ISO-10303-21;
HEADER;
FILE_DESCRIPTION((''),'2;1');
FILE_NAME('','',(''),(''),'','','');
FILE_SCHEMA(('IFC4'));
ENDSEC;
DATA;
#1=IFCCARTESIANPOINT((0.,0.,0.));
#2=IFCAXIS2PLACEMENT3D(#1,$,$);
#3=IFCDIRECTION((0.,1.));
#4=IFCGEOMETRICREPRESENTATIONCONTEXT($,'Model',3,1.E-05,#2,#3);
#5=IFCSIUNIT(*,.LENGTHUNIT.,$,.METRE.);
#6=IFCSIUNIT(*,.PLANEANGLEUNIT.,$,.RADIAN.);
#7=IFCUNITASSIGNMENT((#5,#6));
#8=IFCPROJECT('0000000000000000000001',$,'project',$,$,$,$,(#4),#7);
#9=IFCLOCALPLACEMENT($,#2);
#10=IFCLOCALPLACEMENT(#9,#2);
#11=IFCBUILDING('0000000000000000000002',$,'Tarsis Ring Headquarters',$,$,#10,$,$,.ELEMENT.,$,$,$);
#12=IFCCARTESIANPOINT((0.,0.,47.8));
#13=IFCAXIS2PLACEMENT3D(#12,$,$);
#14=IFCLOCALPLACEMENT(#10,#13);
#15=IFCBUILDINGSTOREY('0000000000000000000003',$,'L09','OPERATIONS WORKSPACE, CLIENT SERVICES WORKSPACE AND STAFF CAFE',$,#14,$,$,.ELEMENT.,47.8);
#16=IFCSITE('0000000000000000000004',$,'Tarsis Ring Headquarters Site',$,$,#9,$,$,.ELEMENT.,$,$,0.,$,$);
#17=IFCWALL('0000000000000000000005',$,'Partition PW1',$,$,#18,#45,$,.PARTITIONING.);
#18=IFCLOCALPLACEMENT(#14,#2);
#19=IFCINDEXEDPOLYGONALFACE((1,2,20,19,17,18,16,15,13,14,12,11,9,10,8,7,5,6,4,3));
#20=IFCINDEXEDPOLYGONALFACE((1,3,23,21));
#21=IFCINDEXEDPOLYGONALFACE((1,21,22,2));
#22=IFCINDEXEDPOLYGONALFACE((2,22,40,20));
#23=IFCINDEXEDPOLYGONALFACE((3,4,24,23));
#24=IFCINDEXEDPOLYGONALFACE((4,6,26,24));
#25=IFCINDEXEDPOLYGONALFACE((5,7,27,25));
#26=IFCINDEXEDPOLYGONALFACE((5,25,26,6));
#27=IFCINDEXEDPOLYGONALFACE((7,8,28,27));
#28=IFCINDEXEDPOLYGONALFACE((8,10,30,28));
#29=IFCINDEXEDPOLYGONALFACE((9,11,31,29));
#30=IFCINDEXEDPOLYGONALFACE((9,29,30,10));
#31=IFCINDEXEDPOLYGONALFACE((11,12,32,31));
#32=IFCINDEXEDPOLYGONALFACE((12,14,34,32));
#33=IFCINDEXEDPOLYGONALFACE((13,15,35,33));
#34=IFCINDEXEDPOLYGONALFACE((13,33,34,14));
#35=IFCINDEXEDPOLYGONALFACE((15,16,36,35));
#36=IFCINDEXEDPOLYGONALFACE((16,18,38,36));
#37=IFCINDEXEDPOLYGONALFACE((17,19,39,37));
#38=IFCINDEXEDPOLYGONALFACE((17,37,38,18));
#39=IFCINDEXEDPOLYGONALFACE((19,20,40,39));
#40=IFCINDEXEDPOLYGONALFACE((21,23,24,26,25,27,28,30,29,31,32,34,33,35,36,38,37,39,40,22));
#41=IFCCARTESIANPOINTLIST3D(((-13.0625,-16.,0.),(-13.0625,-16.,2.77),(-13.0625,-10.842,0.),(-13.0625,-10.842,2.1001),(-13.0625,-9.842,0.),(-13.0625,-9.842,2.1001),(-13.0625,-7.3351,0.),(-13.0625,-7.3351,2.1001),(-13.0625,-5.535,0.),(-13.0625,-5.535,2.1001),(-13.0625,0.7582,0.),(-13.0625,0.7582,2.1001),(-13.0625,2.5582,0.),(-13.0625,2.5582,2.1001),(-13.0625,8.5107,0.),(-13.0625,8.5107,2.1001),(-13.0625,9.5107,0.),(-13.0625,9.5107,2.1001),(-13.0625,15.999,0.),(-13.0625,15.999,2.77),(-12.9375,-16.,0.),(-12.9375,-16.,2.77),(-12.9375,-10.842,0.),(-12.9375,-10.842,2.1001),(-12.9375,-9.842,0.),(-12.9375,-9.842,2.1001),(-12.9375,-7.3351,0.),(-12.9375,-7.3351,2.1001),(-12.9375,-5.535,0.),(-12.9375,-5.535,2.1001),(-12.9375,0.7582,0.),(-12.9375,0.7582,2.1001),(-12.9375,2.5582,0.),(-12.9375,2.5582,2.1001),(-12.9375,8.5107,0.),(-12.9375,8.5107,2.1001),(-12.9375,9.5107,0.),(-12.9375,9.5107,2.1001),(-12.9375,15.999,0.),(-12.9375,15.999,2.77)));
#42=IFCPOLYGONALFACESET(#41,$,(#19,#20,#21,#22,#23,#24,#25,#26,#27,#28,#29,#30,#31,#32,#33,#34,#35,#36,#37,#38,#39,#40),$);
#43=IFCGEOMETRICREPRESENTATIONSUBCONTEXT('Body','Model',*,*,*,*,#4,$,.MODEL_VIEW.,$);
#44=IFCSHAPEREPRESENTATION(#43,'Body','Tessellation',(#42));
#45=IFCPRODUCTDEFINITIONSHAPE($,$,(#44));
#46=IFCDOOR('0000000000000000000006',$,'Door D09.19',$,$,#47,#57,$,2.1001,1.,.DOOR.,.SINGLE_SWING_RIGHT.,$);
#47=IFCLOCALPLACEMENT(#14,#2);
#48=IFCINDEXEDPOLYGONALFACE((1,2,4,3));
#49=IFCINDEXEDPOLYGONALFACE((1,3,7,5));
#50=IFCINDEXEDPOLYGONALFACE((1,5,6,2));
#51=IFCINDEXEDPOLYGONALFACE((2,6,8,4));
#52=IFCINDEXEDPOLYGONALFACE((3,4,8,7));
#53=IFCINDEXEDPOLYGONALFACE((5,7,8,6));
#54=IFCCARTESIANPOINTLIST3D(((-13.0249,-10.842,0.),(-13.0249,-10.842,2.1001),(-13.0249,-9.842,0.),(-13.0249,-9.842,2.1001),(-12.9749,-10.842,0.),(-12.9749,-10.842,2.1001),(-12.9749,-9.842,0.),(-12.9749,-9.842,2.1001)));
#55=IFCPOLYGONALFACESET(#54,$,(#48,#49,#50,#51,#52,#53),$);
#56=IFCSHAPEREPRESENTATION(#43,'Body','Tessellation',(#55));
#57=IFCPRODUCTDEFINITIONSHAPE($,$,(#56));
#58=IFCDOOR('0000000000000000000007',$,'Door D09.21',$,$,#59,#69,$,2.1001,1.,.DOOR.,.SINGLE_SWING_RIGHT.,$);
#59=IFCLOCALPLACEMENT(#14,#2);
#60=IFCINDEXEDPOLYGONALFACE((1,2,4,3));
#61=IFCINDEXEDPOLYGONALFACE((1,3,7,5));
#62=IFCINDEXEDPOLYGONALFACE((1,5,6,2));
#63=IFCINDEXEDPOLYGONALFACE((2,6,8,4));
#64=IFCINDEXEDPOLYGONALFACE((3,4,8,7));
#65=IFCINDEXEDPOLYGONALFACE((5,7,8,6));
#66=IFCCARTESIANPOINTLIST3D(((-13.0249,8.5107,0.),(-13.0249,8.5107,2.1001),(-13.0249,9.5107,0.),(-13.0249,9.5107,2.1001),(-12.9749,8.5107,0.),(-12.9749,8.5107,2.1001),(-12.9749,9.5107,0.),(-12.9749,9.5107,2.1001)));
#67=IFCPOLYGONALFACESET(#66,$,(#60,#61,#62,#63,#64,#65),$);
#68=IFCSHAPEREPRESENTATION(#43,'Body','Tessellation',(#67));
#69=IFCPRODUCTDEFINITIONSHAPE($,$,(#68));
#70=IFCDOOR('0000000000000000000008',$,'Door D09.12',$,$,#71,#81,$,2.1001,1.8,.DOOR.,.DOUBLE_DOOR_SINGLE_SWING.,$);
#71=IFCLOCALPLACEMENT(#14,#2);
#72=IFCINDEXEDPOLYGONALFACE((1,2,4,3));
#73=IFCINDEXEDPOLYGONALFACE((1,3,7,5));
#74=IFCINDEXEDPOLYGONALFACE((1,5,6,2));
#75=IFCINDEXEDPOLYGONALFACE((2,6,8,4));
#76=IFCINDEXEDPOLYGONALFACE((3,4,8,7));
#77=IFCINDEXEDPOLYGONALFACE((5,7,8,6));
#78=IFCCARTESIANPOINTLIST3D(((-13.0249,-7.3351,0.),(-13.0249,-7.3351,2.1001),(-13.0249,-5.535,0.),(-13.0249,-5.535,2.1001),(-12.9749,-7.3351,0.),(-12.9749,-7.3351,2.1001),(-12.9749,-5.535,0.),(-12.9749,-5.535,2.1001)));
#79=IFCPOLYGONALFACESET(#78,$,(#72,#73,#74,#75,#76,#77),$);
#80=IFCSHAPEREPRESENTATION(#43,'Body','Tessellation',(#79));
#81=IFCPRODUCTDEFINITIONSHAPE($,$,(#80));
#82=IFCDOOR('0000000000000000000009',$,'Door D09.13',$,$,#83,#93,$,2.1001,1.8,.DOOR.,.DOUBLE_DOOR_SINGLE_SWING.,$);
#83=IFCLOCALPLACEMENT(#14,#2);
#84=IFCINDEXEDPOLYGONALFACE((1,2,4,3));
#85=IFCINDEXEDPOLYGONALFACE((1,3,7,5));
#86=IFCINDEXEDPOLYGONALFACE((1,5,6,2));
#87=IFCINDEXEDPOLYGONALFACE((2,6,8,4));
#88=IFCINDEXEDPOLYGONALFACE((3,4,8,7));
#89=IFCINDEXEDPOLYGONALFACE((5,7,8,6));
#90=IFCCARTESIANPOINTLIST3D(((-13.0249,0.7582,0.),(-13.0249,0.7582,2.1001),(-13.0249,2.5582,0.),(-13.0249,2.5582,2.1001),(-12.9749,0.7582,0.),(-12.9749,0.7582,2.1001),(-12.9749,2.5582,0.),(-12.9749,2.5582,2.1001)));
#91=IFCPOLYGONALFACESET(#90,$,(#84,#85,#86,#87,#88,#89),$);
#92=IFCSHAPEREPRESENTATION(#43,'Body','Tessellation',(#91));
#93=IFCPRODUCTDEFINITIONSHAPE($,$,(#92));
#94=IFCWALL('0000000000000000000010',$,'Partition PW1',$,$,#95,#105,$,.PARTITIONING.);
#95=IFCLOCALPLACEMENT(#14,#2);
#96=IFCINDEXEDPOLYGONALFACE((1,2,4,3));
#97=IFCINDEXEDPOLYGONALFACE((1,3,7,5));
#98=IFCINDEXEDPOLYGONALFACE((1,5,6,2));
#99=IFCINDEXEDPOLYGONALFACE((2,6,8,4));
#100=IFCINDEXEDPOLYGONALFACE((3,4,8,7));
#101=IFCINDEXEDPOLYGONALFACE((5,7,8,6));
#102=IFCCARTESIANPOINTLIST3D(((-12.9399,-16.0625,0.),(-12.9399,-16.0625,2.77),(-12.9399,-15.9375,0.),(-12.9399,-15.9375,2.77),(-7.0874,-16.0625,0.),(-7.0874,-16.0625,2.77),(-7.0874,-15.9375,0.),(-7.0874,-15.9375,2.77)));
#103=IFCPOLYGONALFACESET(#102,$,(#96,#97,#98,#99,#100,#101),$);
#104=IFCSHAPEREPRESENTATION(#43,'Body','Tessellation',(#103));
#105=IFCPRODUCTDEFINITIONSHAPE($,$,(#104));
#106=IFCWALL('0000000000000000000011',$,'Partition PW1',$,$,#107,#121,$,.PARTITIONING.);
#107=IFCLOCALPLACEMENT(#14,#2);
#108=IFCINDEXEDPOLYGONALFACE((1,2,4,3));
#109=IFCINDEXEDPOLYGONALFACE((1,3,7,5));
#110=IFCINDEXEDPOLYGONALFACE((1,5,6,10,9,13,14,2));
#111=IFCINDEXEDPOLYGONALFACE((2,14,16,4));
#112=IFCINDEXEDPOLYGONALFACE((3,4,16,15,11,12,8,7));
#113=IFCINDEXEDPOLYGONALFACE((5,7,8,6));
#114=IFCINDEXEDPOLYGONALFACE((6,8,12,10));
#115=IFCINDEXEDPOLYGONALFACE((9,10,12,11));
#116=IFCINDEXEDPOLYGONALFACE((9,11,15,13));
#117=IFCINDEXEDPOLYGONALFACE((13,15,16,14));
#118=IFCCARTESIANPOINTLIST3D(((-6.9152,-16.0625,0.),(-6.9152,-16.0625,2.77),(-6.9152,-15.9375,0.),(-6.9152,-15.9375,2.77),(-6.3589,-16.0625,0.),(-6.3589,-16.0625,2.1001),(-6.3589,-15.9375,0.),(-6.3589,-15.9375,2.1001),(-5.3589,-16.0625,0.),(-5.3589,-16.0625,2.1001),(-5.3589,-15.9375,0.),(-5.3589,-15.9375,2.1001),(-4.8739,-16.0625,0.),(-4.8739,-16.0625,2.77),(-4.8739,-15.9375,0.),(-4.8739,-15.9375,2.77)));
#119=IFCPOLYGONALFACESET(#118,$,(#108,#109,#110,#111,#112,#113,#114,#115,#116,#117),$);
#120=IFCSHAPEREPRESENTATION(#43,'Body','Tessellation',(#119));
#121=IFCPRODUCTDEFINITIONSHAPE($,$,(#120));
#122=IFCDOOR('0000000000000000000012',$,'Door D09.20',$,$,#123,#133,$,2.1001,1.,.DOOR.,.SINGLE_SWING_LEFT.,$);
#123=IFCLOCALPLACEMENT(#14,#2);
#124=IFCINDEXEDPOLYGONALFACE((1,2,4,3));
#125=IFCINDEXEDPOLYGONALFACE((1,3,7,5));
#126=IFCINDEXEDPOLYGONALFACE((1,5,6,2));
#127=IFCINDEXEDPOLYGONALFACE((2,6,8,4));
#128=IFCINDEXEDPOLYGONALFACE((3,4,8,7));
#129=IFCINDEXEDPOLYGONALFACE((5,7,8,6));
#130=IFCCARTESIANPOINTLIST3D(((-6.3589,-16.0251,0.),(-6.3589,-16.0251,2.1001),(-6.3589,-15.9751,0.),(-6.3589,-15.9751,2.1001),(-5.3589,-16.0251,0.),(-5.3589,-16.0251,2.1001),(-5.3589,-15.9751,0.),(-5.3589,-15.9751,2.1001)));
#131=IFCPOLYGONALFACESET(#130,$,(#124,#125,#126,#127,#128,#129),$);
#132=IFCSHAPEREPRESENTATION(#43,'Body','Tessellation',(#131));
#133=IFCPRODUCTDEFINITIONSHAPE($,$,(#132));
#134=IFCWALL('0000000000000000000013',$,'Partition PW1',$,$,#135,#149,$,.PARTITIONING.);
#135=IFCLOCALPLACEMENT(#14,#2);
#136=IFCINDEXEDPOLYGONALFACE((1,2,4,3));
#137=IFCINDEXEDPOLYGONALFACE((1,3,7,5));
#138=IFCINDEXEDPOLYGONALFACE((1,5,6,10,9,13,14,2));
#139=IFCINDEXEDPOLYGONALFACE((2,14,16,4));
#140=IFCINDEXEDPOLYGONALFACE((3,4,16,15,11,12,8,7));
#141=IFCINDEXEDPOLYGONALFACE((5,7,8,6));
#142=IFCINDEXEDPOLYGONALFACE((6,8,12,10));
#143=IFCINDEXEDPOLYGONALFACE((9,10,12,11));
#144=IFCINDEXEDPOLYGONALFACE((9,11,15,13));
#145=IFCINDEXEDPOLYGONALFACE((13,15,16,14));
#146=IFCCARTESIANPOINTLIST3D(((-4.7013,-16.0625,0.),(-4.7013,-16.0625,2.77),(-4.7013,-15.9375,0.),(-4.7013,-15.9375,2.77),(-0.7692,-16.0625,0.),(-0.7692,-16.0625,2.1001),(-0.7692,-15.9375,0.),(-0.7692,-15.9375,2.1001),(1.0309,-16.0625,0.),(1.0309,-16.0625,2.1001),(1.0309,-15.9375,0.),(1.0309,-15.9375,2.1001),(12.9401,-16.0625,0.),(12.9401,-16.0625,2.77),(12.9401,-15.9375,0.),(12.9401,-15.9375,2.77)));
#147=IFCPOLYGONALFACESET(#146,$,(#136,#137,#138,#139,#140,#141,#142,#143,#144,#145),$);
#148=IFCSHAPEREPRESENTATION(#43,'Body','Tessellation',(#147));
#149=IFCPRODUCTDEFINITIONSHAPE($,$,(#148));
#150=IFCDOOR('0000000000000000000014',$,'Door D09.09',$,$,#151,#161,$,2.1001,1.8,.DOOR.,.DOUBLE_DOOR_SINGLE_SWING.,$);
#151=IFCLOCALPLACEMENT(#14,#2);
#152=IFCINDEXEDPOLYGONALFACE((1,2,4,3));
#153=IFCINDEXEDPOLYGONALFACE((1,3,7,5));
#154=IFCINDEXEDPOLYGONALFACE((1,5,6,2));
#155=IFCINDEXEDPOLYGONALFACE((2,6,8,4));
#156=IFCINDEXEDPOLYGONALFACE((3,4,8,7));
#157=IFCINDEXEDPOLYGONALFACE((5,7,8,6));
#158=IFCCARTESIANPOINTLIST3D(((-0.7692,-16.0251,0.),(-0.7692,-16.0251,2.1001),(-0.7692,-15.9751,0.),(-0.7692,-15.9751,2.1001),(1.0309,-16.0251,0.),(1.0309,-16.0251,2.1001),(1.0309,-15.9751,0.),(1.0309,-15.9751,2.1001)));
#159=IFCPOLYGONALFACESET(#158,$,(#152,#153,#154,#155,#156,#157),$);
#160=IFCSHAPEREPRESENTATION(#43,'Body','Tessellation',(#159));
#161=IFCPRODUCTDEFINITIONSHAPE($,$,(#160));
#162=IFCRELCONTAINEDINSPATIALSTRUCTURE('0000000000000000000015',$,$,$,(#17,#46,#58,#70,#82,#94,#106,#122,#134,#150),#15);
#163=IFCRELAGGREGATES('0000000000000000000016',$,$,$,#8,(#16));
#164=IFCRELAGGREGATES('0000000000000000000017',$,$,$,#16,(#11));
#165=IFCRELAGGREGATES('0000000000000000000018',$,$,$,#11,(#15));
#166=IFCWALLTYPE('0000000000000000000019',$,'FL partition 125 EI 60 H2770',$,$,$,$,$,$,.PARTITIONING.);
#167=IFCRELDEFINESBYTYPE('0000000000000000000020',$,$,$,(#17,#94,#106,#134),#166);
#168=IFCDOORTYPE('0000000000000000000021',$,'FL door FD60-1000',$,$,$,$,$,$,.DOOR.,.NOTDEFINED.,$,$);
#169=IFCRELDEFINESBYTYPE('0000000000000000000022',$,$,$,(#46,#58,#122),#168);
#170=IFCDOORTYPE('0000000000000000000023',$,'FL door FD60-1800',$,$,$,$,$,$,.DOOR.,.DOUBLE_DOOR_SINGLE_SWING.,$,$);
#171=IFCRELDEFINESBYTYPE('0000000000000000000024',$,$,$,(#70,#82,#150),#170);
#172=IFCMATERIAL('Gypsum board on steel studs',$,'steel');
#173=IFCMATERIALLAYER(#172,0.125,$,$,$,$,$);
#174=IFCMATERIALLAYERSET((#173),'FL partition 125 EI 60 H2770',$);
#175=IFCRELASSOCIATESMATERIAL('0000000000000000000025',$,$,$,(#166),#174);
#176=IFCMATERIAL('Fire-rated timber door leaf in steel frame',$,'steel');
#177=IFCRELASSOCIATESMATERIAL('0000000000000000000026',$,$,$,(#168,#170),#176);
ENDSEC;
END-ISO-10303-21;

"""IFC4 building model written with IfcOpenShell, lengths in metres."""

from ifc_helpers import new_model, si_unit, direction, frame, frame_2d, origin, place, context, subcontext, project, spatial, rectangle, extrude, material, layer, layer_set, type_object, element, fill, save


model = new_model("IFC4")

# Units and contexts
model_context = context("Model", 3, precision=1e-05, world=origin(), true_north=direction((0.0, 1.0)))
body_context = subcontext(model_context, "Body", "Model", "MODEL_VIEW")
ifc_project = project(units=[si_unit("LENGTHUNIT", "METRE"), si_unit("PLANEANGLEUNIT", "RADIAN")], contexts=[model_context])

# Site, building, storey
site_placement = place(None, origin())
site = spatial("IfcSite", under=ifc_project, at=site_placement, Name="Tarsis Ring Headquarters Site", CompositionType="ELEMENT", RefElevation=0.0)
building_placement = place(site_placement, origin())
building = spatial("IfcBuilding", under=site, at=building_placement, Name="Tarsis Ring Headquarters", CompositionType="ELEMENT")
storey_placement = place(building_placement, frame((0.0, 0.0, 47.8)))
storey = spatial("IfcBuildingStorey", under=building, at=storey_placement, Name="L09", Description="OPERATIONS WORKSPACE, CLIENT SERVICES WORKSPACE AND STAFF CAFE", CompositionType="ELEMENT", Elevation=47.8)

# Shared definitions
ifc_material_1 = material(Name="Gypsum board on steel studs", Category="steel")

# Wall, openings, doors
ifc_layer_1 = layer(ifc_material_1, 0.125)
ifc_layer_set_1 = layer_set([ifc_layer_1], Name="FL partition 125 EI 60 H2770")
wall_type_1 = type_object("IfcWallType", Name="FL partition 125 EI 60 H2770", PredefinedType="PARTITIONING", material=ifc_layer_set_1)
wall_1_placement = place(storey_placement, frame((-13.0, -16.0, 0.0), z_axis=(0.0, 0.0, 1.0), x_axis=(0.0, 1.0, 0.0)))
wall_1 = element("IfcWall", 1, at=wall_1_placement, inside=storey, type_object=wall_type_1, Name="Partition PW1", PredefinedType="PARTITIONING", context=body_context, shape_type="SweptSolid", body=[
    extrude(rectangle(XDim=31.999, YDim=0.125, at=frame_2d((15.9995, 0.0))), origin(), (0.0, 0.0, 1.0), 2.77),
])
opening_1_placement = place(wall_1_placement, frame((8.665, 0.0, 0.0)))
opening_1 = element("IfcOpeningElement", 2, at=opening_1_placement, cuts=wall_1, PredefinedType="OPENING", context=body_context, shape_type="SweptSolid", body=[
    extrude(rectangle(XDim=1.8, YDim=2.1001, at=frame_2d((0.8999, 1.05))), frame((0.0, 0.0725, 0.0), z_axis=(0.0, -1.0, 0.0), x_axis=(1.0, 0.0, 0.0)), (0.0, 0.0, 1.0), 0.145),
])
opening_2_placement = place(wall_1_placement, frame((16.7583, 0.0, 0.0)))
opening_2 = element("IfcOpeningElement", 3, at=opening_2_placement, cuts=wall_1, PredefinedType="OPENING", context=body_context, shape_type="SweptSolid", body=[
    extrude(rectangle(XDim=1.8, YDim=2.1001, at=frame_2d((0.8999, 1.05))), frame((0.0, 0.0725, 0.0), z_axis=(0.0, -1.0, 0.0), x_axis=(1.0, 0.0, 0.0)), (0.0, 0.0, 1.0), 0.145),
])
opening_3_placement = place(wall_1_placement, frame((5.158, 0.0, 0.0)))
opening_3 = element("IfcOpeningElement", 4, at=opening_3_placement, cuts=wall_1, PredefinedType="OPENING", context=body_context, shape_type="SweptSolid", body=[
    extrude(rectangle(XDim=1.0, YDim=2.1001, at=frame_2d((0.5, 1.05))), frame((0.0, 0.0725, 0.0), z_axis=(0.0, -1.0, 0.0), x_axis=(1.0, 0.0, 0.0)), (0.0, 0.0, 1.0), 0.145),
])
opening_4_placement = place(wall_1_placement, frame((24.5107, 0.0, 0.0)))
opening_4 = element("IfcOpeningElement", 5, at=opening_4_placement, cuts=wall_1, PredefinedType="OPENING", context=body_context, shape_type="SweptSolid", body=[
    extrude(rectangle(XDim=1.0, YDim=2.1001, at=frame_2d((0.5, 1.05))), frame((0.0, 0.0725, 0.0), z_axis=(0.0, -1.0, 0.0), x_axis=(1.0, 0.0, 0.0)), (0.0, 0.0, 1.0), 0.145),
])
ifc_material_2 = material(Name="Fire-rated timber door leaf in steel frame", Category="steel")
door_type_1 = type_object("IfcDoorType", Name="FL door FD60-1000", OperationType="NOTDEFINED", PredefinedType="DOOR", material=ifc_material_2)
door_1_placement = place(opening_3_placement, origin())
door_1 = element("IfcDoor", 6, at=door_1_placement, inside=storey, type_object=door_type_1, Name="Door D09.19", OperationType="SINGLE_SWING_RIGHT", OverallHeight=2.1001, OverallWidth=1.0, PredefinedType="DOOR", context=body_context, shape_type="SweptSolid", body=[
    extrude(rectangle(XDim=1.0, YDim=2.1001, at=frame_2d((0.5, 1.05))), frame((0.0, 0.0249, 0.0), z_axis=(0.0, -1.0, 0.0), x_axis=(1.0, 0.0, 0.0)), (0.0, 0.0, 1.0), 0.05),
])
fill(opening_3, door_1)
door_2_placement = place(opening_4_placement, origin())
door_2 = element("IfcDoor", 7, at=door_2_placement, inside=storey, type_object=door_type_1, Name="Door D09.21", OperationType="SINGLE_SWING_RIGHT", OverallHeight=2.1001, OverallWidth=1.0, PredefinedType="DOOR", context=body_context, shape_type="SweptSolid", body=[
    extrude(rectangle(XDim=1.0, YDim=2.1001, at=frame_2d((0.5, 1.05))), frame((0.0, 0.0249, 0.0), z_axis=(0.0, -1.0, 0.0), x_axis=(1.0, 0.0, 0.0)), (0.0, 0.0, 1.0), 0.05),
])
fill(opening_4, door_2)
door_type_2 = type_object("IfcDoorType", Name="FL door FD60-1800", OperationType="DOUBLE_DOOR_SINGLE_SWING", PredefinedType="DOOR", material=ifc_material_2)
door_3_placement = place(opening_1_placement, origin())
door_3 = element("IfcDoor", 8, at=door_3_placement, inside=storey, type_object=door_type_2, Name="Door D09.12", OperationType="DOUBLE_DOOR_SINGLE_SWING", OverallHeight=2.1001, OverallWidth=1.8, PredefinedType="DOOR", context=body_context, shape_type="SweptSolid", body=[
    extrude(rectangle(XDim=1.8, YDim=2.1001, at=frame_2d((0.8999, 1.05))), frame((0.0, 0.0249, 0.0), z_axis=(0.0, -1.0, 0.0), x_axis=(1.0, 0.0, 0.0)), (0.0, 0.0, 1.0), 0.05),
])
fill(opening_1, door_3)
door_4_placement = place(opening_2_placement, origin())
door_4 = element("IfcDoor", 9, at=door_4_placement, inside=storey, type_object=door_type_2, Name="Door D09.13", OperationType="DOUBLE_DOOR_SINGLE_SWING", OverallHeight=2.1001, OverallWidth=1.8, PredefinedType="DOOR", context=body_context, shape_type="SweptSolid", body=[
    extrude(rectangle(XDim=1.8, YDim=2.1001, at=frame_2d((0.8999, 1.05))), frame((0.0, 0.0249, 0.0), z_axis=(0.0, -1.0, 0.0), x_axis=(1.0, 0.0, 0.0)), (0.0, 0.0, 1.0), 0.05),
])
fill(opening_2, door_4)

# Wall
wall_2_placement = place(storey_placement, frame((-12.9399, -16.0, 0.0), z_axis=(0.0, 0.0, 1.0), x_axis=(1.0, 0.0, 0.0)))
element("IfcWall", 10, at=wall_2_placement, inside=storey, type_object=wall_type_1, Name="Partition PW1", PredefinedType="PARTITIONING", context=body_context, shape_type="SweptSolid", body=[
    extrude(rectangle(XDim=5.8525, YDim=0.125, at=frame_2d((2.9263, 0.0))), origin(), (0.0, 0.0, 1.0), 2.77),
])

# Walls, openings, doors
wall_3_placement = place(storey_placement, frame((-6.915, -16.0, 0.0), z_axis=(0.0, 0.0, 1.0), x_axis=(1.0, 0.0, 0.0)))
wall_3 = element("IfcWall", 11, at=wall_3_placement, inside=storey, type_object=wall_type_1, Name="Partition PW1", PredefinedType="PARTITIONING", context=body_context, shape_type="SweptSolid", body=[
    extrude(rectangle(XDim=2.0413, YDim=0.125, at=frame_2d((1.0205, 0.0))), origin(), (0.0, 0.0, 1.0), 2.77),
])
opening_5_placement = place(wall_3_placement, frame((0.5562, 0.0, 0.0)))
opening_5 = element("IfcOpeningElement", 12, at=opening_5_placement, cuts=wall_3, PredefinedType="OPENING", context=body_context, shape_type="SweptSolid", body=[
    extrude(rectangle(XDim=1.0, YDim=2.1001, at=frame_2d((0.5, 1.05))), frame((0.0, 0.0725, 0.0), z_axis=(0.0, -1.0, 0.0), x_axis=(1.0, 0.0, 0.0)), (0.0, 0.0, 1.0), 0.145),
])
door_5_placement = place(opening_5_placement, origin())
door_5 = element("IfcDoor", 13, at=door_5_placement, inside=storey, type_object=door_type_1, Name="Door D09.20", OperationType="SINGLE_SWING_LEFT", OverallHeight=2.1001, OverallWidth=1.0, PredefinedType="DOOR", context=body_context, shape_type="SweptSolid", body=[
    extrude(rectangle(XDim=1.0, YDim=2.1001, at=frame_2d((0.5, 1.05))), frame((0.0, 0.0249, 0.0), z_axis=(0.0, -1.0, 0.0), x_axis=(1.0, 0.0, 0.0)), (0.0, 0.0, 1.0), 0.05),
])
fill(opening_5, door_5)
wall_4_placement = place(storey_placement, frame((-4.7014, -16.0, 0.0), z_axis=(0.0, 0.0, 1.0), x_axis=(1.0, 0.0, 0.0)))
wall_4 = element("IfcWall", 14, at=wall_4_placement, inside=storey, type_object=wall_type_1, Name="Partition PW1", PredefinedType="PARTITIONING", context=body_context, shape_type="SweptSolid", body=[
    extrude(rectangle(XDim=17.6414, YDim=0.125, at=frame_2d((8.8208, 0.0))), origin(), (0.0, 0.0, 1.0), 2.77),
])
opening_6_placement = place(wall_4_placement, frame((3.9324, 0.0, 0.0)))
opening_6 = element("IfcOpeningElement", 15, at=opening_6_placement, cuts=wall_4, PredefinedType="OPENING", context=body_context, shape_type="SweptSolid", body=[
    extrude(rectangle(XDim=1.8, YDim=2.1001, at=frame_2d((0.8999, 1.05))), frame((0.0, 0.0725, 0.0), z_axis=(0.0, -1.0, 0.0), x_axis=(1.0, 0.0, 0.0)), (0.0, 0.0, 1.0), 0.145),
])
door_6_placement = place(opening_6_placement, origin())
door_6 = element("IfcDoor", 16, at=door_6_placement, inside=storey, type_object=door_type_2, Name="Door D09.09", OperationType="DOUBLE_DOOR_SINGLE_SWING", OverallHeight=2.1001, OverallWidth=1.8, PredefinedType="DOOR", context=body_context, shape_type="SweptSolid", body=[
    extrude(rectangle(XDim=1.8, YDim=2.1001, at=frame_2d((0.8999, 1.05))), frame((0.0, 0.0249, 0.0), z_axis=(0.0, -1.0, 0.0), x_axis=(1.0, 0.0, 0.0)), (0.0, 0.0, 1.0), 0.05),
])
fill(opening_6, door_6)

save(model, "model.ifc")
